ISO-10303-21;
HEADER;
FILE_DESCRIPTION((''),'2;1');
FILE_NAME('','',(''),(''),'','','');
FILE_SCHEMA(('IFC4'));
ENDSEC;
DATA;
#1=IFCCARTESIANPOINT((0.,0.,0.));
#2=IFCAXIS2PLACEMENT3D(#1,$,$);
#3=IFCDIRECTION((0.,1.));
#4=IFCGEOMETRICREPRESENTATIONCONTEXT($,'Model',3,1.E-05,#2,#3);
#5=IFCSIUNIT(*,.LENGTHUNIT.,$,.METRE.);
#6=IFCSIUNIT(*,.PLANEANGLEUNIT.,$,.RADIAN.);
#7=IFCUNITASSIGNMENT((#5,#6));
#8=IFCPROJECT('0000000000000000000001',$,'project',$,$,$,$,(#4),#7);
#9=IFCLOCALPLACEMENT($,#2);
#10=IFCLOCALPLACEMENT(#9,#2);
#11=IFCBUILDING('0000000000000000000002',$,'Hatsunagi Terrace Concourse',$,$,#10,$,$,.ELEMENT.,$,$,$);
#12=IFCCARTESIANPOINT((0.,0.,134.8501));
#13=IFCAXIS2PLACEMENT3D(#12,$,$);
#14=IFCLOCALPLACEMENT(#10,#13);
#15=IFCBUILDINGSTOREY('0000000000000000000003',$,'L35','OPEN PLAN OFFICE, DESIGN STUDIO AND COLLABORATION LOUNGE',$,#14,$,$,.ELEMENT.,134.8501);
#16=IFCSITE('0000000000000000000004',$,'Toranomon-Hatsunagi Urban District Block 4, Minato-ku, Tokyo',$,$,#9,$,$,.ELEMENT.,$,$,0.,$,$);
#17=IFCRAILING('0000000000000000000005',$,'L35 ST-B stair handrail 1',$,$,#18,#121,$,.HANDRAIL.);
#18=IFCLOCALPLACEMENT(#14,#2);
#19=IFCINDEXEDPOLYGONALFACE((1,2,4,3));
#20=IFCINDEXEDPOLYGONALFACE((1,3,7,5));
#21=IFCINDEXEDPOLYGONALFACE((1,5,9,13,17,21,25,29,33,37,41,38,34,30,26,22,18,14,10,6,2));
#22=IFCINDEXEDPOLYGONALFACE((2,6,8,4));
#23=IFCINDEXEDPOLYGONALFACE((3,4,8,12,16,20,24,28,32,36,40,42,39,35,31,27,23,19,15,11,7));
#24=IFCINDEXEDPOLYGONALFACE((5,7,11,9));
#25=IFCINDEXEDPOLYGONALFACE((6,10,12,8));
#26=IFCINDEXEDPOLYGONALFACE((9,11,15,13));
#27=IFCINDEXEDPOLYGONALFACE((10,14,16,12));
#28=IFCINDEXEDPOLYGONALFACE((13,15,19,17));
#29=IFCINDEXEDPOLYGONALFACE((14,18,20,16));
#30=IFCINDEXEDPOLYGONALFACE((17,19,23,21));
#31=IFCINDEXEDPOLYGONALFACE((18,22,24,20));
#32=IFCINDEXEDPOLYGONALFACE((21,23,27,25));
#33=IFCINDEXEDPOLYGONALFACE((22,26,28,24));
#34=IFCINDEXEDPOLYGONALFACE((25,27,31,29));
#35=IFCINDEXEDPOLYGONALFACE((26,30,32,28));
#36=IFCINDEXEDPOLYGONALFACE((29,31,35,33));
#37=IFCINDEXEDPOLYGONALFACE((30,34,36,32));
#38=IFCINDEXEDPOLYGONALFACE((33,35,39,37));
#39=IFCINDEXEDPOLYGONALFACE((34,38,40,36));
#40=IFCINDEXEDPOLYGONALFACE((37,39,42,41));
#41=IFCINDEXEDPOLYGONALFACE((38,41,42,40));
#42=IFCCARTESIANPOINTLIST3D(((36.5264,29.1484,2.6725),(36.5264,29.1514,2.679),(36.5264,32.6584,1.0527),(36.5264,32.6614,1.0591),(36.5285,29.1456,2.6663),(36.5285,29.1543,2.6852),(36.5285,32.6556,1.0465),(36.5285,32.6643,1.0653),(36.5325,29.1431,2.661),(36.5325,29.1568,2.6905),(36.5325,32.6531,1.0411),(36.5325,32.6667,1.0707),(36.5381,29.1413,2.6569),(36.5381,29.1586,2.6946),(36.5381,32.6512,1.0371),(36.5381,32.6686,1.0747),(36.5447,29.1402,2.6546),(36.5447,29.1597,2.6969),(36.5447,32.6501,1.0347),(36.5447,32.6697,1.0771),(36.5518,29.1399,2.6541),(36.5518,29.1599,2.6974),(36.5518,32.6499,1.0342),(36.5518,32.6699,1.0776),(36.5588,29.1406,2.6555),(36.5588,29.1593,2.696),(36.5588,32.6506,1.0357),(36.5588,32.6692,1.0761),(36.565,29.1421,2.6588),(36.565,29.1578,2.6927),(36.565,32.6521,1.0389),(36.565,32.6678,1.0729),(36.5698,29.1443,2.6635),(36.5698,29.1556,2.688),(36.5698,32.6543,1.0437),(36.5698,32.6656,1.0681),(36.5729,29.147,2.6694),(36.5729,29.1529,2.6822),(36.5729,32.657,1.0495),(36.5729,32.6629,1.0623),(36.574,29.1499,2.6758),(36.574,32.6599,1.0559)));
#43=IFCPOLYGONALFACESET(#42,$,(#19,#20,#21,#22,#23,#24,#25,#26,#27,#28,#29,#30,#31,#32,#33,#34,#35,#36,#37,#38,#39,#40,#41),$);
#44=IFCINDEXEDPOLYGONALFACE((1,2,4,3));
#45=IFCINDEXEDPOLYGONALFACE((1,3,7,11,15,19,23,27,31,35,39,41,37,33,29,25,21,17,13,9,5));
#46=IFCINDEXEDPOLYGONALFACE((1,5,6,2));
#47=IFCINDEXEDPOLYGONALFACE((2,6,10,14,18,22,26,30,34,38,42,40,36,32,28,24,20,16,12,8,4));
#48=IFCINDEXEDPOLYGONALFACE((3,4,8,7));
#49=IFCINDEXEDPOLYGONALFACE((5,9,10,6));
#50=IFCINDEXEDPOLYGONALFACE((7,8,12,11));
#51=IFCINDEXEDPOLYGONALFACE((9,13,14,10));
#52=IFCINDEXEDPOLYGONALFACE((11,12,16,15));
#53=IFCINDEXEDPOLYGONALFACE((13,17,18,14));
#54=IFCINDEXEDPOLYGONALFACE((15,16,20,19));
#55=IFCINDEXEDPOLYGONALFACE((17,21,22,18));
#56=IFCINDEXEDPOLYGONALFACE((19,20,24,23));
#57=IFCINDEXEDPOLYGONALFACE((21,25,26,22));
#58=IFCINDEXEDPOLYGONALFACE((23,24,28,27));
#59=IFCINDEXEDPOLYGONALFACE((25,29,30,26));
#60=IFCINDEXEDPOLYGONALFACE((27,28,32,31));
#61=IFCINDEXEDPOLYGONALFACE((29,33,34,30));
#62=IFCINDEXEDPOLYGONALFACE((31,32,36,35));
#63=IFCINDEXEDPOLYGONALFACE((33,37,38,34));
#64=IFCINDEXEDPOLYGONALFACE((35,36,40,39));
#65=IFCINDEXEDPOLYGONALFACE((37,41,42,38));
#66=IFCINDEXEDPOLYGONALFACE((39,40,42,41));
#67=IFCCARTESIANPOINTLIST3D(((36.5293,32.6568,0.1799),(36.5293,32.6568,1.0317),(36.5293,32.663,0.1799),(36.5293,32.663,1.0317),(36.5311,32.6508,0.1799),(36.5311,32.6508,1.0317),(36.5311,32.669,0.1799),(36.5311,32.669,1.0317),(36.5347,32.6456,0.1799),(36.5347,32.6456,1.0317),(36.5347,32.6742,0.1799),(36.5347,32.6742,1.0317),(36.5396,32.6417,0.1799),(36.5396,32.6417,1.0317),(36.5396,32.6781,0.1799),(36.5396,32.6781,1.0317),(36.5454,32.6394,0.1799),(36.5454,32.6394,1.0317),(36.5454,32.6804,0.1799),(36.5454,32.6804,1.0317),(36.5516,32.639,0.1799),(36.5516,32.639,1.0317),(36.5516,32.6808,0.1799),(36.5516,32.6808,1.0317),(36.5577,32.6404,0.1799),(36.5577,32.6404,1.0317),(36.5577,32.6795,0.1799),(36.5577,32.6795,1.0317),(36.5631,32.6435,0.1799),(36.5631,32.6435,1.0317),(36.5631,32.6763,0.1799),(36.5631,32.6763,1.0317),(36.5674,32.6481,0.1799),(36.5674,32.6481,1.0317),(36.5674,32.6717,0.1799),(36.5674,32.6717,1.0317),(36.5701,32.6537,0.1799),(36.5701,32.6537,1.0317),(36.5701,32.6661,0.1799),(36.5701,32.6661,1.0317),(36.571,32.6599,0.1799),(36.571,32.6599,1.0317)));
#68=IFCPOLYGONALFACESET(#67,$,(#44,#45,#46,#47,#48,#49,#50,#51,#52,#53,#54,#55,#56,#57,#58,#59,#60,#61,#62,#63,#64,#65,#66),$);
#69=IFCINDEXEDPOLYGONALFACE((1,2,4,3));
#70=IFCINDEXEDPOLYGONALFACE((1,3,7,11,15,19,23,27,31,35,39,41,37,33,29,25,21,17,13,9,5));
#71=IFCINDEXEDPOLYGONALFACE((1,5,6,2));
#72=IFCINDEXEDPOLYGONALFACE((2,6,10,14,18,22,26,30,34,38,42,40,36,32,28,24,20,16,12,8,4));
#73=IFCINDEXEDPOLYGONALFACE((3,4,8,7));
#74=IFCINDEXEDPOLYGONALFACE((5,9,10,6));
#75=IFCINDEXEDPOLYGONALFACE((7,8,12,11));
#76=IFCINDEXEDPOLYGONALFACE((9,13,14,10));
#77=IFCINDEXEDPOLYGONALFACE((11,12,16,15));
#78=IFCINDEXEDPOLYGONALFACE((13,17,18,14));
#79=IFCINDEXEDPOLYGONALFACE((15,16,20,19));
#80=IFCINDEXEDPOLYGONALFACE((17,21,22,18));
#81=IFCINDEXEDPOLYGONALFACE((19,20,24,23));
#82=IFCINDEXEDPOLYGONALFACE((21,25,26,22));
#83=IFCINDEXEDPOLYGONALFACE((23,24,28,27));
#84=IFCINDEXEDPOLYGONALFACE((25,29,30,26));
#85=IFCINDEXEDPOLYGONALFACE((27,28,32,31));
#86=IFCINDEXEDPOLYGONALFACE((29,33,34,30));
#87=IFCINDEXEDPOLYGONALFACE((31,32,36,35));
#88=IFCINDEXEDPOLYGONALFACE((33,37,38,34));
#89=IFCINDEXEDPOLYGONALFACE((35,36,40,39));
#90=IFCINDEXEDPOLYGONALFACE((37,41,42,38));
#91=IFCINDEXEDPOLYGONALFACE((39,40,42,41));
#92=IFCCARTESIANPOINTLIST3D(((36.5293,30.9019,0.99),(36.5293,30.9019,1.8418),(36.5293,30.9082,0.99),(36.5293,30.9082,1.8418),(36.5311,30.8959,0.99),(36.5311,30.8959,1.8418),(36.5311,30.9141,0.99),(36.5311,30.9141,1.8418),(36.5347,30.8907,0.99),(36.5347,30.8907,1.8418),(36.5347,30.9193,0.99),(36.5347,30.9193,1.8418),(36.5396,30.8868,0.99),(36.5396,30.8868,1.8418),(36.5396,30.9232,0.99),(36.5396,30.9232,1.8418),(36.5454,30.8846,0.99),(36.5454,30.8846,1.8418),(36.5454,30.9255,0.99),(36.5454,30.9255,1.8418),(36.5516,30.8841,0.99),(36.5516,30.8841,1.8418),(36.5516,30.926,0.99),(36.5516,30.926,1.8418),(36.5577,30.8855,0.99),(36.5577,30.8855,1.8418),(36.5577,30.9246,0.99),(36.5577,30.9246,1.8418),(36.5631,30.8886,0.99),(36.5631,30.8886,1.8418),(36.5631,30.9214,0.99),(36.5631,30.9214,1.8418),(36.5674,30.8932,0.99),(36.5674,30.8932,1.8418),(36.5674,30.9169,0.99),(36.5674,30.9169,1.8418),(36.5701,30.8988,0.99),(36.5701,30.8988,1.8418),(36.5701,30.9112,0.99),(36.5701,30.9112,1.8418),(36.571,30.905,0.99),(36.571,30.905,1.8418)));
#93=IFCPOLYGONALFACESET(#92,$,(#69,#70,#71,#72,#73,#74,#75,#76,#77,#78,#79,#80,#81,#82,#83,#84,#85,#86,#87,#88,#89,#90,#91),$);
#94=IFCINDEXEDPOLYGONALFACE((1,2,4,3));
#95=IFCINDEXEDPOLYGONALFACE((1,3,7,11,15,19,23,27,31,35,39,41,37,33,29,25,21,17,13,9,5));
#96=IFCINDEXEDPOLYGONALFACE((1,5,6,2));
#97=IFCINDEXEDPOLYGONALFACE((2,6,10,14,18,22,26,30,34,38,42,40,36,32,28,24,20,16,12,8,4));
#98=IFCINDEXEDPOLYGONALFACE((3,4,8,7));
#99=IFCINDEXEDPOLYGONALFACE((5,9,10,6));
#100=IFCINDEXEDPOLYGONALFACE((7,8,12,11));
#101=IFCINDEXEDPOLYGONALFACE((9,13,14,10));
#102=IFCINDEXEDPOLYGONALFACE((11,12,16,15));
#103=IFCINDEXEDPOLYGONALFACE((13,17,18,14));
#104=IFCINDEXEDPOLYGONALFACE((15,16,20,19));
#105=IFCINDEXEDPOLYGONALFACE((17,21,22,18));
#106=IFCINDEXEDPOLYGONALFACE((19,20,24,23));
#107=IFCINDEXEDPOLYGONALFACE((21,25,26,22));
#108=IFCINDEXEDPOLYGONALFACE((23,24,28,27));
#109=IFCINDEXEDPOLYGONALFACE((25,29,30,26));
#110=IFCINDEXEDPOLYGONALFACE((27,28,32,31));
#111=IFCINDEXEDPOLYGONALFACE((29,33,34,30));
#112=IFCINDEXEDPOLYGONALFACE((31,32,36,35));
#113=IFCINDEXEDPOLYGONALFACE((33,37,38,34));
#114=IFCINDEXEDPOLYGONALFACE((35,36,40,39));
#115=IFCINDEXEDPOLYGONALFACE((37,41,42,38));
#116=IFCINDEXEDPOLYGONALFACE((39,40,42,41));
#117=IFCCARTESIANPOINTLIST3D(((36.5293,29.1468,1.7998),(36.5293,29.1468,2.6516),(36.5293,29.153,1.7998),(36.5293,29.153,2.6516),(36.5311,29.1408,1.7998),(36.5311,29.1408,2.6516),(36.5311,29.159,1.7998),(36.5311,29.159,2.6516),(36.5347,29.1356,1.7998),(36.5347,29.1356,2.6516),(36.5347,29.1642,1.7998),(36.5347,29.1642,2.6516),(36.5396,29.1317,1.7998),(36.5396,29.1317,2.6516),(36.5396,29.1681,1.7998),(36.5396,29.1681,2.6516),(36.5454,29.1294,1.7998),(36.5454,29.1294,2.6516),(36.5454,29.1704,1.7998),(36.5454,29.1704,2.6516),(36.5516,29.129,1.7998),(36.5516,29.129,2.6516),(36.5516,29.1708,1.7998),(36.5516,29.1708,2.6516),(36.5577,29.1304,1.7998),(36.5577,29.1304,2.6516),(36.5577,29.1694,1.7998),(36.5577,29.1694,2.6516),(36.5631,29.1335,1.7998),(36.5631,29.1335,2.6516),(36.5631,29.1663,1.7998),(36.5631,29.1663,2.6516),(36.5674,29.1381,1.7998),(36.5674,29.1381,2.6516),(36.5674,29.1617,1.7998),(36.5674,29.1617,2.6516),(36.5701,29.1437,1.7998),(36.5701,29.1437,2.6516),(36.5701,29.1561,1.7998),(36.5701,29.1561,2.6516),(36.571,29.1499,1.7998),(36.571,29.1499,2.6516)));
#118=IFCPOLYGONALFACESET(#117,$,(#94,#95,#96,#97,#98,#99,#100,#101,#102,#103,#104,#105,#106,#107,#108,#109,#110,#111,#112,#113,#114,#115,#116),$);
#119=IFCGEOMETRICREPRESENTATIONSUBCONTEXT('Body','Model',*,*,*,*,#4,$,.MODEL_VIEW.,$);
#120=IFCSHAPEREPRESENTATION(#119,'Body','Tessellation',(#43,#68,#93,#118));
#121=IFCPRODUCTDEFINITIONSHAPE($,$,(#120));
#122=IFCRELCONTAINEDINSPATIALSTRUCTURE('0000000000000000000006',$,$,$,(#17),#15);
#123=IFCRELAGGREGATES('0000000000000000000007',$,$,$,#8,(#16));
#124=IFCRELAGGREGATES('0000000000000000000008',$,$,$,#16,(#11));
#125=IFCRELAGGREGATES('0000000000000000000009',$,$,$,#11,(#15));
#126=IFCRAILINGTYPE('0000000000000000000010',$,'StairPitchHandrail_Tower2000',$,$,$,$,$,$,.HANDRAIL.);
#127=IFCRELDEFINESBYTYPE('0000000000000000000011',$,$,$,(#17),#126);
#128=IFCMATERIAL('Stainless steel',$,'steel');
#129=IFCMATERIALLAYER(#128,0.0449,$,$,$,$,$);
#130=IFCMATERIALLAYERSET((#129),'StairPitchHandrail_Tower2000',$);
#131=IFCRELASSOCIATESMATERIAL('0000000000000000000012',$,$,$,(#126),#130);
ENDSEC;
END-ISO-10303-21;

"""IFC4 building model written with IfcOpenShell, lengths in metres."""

from ifc_helpers import new_model, si_unit, direction, frame, origin, origin_2d, place, context, subcontext, project, spatial, circle, extrude, material, layer, layer_set, type_object, element, save


model = new_model("IFC4")

# Units and contexts
model_context = context("Model", 3, precision=1e-05, world=origin(), true_north=direction((0.0, 1.0)))
body_context = subcontext(model_context, "Body", "Model", "MODEL_VIEW")
ifc_project = project(units=[si_unit("LENGTHUNIT", "METRE"), si_unit("PLANEANGLEUNIT", "RADIAN")], contexts=[model_context])

# Site, building, storey
site_placement = place(None, origin())
site = spatial("IfcSite", under=ifc_project, at=site_placement, Name="Toranomon-Hatsunagi Urban District Block 4, Minato-ku, Tokyo", CompositionType="ELEMENT", RefElevation=0.0)
building_placement = place(site_placement, origin())
building = spatial("IfcBuilding", under=site, at=building_placement, Name="Hatsunagi Terrace Concourse", CompositionType="ELEMENT")
storey_placement = place(building_placement, frame((0.0, 0.0, 134.8501)))
storey = spatial("IfcBuildingStorey", under=building, at=storey_placement, Name="L35", Description="OPEN PLAN OFFICE, DESIGN STUDIO AND COLLABORATION LOUNGE", CompositionType="ELEMENT", Elevation=134.8501)

# Railing
ifc_material_1 = material(Name="Stainless steel", Category="steel")
ifc_layer_1 = layer(ifc_material_1, 0.0449)
ifc_layer_set_1 = layer_set([ifc_layer_1], Name="StairPitchHandrail_Tower2000")
railing_type_1 = type_object("IfcRailingType", Name="StairPitchHandrail_Tower2000", PredefinedType="HANDRAIL", material=ifc_layer_set_1)
railing_1_placement = place(storey_placement, frame((36.55, 32.6599, 0.1799)))
element("IfcRailing", 1, at=railing_1_placement, inside=storey, type_object=railing_type_1, Name="L35 ST-B stair handrail 1", PredefinedType="HANDRAIL", context=body_context, shape_type="SweptSolid", body=[
    extrude(circle(Radius=0.0239, at=origin_2d()), frame((0.0, 0.0, 0.876), z_axis=(0.0, -0.907972, 0.41903), x_axis=(1.0, 0.0, 0.0)), (0.0, 0.0, 1.0), 3.8657),
    extrude(circle(Radius=0.021, at=origin_2d()), origin(), (0.0, 0.0, 1.0), 0.8518),
    extrude(circle(Radius=0.021, at=origin_2d()), frame((0.0, -1.7549, 0.8101)), (0.0, 0.0, 1.0), 0.8518),
    extrude(circle(Radius=0.021, at=origin_2d()), frame((0.0, -3.51, 1.6199)), (0.0, 0.0, 1.0), 0.8518),
])

save(model, "model.ifc")
